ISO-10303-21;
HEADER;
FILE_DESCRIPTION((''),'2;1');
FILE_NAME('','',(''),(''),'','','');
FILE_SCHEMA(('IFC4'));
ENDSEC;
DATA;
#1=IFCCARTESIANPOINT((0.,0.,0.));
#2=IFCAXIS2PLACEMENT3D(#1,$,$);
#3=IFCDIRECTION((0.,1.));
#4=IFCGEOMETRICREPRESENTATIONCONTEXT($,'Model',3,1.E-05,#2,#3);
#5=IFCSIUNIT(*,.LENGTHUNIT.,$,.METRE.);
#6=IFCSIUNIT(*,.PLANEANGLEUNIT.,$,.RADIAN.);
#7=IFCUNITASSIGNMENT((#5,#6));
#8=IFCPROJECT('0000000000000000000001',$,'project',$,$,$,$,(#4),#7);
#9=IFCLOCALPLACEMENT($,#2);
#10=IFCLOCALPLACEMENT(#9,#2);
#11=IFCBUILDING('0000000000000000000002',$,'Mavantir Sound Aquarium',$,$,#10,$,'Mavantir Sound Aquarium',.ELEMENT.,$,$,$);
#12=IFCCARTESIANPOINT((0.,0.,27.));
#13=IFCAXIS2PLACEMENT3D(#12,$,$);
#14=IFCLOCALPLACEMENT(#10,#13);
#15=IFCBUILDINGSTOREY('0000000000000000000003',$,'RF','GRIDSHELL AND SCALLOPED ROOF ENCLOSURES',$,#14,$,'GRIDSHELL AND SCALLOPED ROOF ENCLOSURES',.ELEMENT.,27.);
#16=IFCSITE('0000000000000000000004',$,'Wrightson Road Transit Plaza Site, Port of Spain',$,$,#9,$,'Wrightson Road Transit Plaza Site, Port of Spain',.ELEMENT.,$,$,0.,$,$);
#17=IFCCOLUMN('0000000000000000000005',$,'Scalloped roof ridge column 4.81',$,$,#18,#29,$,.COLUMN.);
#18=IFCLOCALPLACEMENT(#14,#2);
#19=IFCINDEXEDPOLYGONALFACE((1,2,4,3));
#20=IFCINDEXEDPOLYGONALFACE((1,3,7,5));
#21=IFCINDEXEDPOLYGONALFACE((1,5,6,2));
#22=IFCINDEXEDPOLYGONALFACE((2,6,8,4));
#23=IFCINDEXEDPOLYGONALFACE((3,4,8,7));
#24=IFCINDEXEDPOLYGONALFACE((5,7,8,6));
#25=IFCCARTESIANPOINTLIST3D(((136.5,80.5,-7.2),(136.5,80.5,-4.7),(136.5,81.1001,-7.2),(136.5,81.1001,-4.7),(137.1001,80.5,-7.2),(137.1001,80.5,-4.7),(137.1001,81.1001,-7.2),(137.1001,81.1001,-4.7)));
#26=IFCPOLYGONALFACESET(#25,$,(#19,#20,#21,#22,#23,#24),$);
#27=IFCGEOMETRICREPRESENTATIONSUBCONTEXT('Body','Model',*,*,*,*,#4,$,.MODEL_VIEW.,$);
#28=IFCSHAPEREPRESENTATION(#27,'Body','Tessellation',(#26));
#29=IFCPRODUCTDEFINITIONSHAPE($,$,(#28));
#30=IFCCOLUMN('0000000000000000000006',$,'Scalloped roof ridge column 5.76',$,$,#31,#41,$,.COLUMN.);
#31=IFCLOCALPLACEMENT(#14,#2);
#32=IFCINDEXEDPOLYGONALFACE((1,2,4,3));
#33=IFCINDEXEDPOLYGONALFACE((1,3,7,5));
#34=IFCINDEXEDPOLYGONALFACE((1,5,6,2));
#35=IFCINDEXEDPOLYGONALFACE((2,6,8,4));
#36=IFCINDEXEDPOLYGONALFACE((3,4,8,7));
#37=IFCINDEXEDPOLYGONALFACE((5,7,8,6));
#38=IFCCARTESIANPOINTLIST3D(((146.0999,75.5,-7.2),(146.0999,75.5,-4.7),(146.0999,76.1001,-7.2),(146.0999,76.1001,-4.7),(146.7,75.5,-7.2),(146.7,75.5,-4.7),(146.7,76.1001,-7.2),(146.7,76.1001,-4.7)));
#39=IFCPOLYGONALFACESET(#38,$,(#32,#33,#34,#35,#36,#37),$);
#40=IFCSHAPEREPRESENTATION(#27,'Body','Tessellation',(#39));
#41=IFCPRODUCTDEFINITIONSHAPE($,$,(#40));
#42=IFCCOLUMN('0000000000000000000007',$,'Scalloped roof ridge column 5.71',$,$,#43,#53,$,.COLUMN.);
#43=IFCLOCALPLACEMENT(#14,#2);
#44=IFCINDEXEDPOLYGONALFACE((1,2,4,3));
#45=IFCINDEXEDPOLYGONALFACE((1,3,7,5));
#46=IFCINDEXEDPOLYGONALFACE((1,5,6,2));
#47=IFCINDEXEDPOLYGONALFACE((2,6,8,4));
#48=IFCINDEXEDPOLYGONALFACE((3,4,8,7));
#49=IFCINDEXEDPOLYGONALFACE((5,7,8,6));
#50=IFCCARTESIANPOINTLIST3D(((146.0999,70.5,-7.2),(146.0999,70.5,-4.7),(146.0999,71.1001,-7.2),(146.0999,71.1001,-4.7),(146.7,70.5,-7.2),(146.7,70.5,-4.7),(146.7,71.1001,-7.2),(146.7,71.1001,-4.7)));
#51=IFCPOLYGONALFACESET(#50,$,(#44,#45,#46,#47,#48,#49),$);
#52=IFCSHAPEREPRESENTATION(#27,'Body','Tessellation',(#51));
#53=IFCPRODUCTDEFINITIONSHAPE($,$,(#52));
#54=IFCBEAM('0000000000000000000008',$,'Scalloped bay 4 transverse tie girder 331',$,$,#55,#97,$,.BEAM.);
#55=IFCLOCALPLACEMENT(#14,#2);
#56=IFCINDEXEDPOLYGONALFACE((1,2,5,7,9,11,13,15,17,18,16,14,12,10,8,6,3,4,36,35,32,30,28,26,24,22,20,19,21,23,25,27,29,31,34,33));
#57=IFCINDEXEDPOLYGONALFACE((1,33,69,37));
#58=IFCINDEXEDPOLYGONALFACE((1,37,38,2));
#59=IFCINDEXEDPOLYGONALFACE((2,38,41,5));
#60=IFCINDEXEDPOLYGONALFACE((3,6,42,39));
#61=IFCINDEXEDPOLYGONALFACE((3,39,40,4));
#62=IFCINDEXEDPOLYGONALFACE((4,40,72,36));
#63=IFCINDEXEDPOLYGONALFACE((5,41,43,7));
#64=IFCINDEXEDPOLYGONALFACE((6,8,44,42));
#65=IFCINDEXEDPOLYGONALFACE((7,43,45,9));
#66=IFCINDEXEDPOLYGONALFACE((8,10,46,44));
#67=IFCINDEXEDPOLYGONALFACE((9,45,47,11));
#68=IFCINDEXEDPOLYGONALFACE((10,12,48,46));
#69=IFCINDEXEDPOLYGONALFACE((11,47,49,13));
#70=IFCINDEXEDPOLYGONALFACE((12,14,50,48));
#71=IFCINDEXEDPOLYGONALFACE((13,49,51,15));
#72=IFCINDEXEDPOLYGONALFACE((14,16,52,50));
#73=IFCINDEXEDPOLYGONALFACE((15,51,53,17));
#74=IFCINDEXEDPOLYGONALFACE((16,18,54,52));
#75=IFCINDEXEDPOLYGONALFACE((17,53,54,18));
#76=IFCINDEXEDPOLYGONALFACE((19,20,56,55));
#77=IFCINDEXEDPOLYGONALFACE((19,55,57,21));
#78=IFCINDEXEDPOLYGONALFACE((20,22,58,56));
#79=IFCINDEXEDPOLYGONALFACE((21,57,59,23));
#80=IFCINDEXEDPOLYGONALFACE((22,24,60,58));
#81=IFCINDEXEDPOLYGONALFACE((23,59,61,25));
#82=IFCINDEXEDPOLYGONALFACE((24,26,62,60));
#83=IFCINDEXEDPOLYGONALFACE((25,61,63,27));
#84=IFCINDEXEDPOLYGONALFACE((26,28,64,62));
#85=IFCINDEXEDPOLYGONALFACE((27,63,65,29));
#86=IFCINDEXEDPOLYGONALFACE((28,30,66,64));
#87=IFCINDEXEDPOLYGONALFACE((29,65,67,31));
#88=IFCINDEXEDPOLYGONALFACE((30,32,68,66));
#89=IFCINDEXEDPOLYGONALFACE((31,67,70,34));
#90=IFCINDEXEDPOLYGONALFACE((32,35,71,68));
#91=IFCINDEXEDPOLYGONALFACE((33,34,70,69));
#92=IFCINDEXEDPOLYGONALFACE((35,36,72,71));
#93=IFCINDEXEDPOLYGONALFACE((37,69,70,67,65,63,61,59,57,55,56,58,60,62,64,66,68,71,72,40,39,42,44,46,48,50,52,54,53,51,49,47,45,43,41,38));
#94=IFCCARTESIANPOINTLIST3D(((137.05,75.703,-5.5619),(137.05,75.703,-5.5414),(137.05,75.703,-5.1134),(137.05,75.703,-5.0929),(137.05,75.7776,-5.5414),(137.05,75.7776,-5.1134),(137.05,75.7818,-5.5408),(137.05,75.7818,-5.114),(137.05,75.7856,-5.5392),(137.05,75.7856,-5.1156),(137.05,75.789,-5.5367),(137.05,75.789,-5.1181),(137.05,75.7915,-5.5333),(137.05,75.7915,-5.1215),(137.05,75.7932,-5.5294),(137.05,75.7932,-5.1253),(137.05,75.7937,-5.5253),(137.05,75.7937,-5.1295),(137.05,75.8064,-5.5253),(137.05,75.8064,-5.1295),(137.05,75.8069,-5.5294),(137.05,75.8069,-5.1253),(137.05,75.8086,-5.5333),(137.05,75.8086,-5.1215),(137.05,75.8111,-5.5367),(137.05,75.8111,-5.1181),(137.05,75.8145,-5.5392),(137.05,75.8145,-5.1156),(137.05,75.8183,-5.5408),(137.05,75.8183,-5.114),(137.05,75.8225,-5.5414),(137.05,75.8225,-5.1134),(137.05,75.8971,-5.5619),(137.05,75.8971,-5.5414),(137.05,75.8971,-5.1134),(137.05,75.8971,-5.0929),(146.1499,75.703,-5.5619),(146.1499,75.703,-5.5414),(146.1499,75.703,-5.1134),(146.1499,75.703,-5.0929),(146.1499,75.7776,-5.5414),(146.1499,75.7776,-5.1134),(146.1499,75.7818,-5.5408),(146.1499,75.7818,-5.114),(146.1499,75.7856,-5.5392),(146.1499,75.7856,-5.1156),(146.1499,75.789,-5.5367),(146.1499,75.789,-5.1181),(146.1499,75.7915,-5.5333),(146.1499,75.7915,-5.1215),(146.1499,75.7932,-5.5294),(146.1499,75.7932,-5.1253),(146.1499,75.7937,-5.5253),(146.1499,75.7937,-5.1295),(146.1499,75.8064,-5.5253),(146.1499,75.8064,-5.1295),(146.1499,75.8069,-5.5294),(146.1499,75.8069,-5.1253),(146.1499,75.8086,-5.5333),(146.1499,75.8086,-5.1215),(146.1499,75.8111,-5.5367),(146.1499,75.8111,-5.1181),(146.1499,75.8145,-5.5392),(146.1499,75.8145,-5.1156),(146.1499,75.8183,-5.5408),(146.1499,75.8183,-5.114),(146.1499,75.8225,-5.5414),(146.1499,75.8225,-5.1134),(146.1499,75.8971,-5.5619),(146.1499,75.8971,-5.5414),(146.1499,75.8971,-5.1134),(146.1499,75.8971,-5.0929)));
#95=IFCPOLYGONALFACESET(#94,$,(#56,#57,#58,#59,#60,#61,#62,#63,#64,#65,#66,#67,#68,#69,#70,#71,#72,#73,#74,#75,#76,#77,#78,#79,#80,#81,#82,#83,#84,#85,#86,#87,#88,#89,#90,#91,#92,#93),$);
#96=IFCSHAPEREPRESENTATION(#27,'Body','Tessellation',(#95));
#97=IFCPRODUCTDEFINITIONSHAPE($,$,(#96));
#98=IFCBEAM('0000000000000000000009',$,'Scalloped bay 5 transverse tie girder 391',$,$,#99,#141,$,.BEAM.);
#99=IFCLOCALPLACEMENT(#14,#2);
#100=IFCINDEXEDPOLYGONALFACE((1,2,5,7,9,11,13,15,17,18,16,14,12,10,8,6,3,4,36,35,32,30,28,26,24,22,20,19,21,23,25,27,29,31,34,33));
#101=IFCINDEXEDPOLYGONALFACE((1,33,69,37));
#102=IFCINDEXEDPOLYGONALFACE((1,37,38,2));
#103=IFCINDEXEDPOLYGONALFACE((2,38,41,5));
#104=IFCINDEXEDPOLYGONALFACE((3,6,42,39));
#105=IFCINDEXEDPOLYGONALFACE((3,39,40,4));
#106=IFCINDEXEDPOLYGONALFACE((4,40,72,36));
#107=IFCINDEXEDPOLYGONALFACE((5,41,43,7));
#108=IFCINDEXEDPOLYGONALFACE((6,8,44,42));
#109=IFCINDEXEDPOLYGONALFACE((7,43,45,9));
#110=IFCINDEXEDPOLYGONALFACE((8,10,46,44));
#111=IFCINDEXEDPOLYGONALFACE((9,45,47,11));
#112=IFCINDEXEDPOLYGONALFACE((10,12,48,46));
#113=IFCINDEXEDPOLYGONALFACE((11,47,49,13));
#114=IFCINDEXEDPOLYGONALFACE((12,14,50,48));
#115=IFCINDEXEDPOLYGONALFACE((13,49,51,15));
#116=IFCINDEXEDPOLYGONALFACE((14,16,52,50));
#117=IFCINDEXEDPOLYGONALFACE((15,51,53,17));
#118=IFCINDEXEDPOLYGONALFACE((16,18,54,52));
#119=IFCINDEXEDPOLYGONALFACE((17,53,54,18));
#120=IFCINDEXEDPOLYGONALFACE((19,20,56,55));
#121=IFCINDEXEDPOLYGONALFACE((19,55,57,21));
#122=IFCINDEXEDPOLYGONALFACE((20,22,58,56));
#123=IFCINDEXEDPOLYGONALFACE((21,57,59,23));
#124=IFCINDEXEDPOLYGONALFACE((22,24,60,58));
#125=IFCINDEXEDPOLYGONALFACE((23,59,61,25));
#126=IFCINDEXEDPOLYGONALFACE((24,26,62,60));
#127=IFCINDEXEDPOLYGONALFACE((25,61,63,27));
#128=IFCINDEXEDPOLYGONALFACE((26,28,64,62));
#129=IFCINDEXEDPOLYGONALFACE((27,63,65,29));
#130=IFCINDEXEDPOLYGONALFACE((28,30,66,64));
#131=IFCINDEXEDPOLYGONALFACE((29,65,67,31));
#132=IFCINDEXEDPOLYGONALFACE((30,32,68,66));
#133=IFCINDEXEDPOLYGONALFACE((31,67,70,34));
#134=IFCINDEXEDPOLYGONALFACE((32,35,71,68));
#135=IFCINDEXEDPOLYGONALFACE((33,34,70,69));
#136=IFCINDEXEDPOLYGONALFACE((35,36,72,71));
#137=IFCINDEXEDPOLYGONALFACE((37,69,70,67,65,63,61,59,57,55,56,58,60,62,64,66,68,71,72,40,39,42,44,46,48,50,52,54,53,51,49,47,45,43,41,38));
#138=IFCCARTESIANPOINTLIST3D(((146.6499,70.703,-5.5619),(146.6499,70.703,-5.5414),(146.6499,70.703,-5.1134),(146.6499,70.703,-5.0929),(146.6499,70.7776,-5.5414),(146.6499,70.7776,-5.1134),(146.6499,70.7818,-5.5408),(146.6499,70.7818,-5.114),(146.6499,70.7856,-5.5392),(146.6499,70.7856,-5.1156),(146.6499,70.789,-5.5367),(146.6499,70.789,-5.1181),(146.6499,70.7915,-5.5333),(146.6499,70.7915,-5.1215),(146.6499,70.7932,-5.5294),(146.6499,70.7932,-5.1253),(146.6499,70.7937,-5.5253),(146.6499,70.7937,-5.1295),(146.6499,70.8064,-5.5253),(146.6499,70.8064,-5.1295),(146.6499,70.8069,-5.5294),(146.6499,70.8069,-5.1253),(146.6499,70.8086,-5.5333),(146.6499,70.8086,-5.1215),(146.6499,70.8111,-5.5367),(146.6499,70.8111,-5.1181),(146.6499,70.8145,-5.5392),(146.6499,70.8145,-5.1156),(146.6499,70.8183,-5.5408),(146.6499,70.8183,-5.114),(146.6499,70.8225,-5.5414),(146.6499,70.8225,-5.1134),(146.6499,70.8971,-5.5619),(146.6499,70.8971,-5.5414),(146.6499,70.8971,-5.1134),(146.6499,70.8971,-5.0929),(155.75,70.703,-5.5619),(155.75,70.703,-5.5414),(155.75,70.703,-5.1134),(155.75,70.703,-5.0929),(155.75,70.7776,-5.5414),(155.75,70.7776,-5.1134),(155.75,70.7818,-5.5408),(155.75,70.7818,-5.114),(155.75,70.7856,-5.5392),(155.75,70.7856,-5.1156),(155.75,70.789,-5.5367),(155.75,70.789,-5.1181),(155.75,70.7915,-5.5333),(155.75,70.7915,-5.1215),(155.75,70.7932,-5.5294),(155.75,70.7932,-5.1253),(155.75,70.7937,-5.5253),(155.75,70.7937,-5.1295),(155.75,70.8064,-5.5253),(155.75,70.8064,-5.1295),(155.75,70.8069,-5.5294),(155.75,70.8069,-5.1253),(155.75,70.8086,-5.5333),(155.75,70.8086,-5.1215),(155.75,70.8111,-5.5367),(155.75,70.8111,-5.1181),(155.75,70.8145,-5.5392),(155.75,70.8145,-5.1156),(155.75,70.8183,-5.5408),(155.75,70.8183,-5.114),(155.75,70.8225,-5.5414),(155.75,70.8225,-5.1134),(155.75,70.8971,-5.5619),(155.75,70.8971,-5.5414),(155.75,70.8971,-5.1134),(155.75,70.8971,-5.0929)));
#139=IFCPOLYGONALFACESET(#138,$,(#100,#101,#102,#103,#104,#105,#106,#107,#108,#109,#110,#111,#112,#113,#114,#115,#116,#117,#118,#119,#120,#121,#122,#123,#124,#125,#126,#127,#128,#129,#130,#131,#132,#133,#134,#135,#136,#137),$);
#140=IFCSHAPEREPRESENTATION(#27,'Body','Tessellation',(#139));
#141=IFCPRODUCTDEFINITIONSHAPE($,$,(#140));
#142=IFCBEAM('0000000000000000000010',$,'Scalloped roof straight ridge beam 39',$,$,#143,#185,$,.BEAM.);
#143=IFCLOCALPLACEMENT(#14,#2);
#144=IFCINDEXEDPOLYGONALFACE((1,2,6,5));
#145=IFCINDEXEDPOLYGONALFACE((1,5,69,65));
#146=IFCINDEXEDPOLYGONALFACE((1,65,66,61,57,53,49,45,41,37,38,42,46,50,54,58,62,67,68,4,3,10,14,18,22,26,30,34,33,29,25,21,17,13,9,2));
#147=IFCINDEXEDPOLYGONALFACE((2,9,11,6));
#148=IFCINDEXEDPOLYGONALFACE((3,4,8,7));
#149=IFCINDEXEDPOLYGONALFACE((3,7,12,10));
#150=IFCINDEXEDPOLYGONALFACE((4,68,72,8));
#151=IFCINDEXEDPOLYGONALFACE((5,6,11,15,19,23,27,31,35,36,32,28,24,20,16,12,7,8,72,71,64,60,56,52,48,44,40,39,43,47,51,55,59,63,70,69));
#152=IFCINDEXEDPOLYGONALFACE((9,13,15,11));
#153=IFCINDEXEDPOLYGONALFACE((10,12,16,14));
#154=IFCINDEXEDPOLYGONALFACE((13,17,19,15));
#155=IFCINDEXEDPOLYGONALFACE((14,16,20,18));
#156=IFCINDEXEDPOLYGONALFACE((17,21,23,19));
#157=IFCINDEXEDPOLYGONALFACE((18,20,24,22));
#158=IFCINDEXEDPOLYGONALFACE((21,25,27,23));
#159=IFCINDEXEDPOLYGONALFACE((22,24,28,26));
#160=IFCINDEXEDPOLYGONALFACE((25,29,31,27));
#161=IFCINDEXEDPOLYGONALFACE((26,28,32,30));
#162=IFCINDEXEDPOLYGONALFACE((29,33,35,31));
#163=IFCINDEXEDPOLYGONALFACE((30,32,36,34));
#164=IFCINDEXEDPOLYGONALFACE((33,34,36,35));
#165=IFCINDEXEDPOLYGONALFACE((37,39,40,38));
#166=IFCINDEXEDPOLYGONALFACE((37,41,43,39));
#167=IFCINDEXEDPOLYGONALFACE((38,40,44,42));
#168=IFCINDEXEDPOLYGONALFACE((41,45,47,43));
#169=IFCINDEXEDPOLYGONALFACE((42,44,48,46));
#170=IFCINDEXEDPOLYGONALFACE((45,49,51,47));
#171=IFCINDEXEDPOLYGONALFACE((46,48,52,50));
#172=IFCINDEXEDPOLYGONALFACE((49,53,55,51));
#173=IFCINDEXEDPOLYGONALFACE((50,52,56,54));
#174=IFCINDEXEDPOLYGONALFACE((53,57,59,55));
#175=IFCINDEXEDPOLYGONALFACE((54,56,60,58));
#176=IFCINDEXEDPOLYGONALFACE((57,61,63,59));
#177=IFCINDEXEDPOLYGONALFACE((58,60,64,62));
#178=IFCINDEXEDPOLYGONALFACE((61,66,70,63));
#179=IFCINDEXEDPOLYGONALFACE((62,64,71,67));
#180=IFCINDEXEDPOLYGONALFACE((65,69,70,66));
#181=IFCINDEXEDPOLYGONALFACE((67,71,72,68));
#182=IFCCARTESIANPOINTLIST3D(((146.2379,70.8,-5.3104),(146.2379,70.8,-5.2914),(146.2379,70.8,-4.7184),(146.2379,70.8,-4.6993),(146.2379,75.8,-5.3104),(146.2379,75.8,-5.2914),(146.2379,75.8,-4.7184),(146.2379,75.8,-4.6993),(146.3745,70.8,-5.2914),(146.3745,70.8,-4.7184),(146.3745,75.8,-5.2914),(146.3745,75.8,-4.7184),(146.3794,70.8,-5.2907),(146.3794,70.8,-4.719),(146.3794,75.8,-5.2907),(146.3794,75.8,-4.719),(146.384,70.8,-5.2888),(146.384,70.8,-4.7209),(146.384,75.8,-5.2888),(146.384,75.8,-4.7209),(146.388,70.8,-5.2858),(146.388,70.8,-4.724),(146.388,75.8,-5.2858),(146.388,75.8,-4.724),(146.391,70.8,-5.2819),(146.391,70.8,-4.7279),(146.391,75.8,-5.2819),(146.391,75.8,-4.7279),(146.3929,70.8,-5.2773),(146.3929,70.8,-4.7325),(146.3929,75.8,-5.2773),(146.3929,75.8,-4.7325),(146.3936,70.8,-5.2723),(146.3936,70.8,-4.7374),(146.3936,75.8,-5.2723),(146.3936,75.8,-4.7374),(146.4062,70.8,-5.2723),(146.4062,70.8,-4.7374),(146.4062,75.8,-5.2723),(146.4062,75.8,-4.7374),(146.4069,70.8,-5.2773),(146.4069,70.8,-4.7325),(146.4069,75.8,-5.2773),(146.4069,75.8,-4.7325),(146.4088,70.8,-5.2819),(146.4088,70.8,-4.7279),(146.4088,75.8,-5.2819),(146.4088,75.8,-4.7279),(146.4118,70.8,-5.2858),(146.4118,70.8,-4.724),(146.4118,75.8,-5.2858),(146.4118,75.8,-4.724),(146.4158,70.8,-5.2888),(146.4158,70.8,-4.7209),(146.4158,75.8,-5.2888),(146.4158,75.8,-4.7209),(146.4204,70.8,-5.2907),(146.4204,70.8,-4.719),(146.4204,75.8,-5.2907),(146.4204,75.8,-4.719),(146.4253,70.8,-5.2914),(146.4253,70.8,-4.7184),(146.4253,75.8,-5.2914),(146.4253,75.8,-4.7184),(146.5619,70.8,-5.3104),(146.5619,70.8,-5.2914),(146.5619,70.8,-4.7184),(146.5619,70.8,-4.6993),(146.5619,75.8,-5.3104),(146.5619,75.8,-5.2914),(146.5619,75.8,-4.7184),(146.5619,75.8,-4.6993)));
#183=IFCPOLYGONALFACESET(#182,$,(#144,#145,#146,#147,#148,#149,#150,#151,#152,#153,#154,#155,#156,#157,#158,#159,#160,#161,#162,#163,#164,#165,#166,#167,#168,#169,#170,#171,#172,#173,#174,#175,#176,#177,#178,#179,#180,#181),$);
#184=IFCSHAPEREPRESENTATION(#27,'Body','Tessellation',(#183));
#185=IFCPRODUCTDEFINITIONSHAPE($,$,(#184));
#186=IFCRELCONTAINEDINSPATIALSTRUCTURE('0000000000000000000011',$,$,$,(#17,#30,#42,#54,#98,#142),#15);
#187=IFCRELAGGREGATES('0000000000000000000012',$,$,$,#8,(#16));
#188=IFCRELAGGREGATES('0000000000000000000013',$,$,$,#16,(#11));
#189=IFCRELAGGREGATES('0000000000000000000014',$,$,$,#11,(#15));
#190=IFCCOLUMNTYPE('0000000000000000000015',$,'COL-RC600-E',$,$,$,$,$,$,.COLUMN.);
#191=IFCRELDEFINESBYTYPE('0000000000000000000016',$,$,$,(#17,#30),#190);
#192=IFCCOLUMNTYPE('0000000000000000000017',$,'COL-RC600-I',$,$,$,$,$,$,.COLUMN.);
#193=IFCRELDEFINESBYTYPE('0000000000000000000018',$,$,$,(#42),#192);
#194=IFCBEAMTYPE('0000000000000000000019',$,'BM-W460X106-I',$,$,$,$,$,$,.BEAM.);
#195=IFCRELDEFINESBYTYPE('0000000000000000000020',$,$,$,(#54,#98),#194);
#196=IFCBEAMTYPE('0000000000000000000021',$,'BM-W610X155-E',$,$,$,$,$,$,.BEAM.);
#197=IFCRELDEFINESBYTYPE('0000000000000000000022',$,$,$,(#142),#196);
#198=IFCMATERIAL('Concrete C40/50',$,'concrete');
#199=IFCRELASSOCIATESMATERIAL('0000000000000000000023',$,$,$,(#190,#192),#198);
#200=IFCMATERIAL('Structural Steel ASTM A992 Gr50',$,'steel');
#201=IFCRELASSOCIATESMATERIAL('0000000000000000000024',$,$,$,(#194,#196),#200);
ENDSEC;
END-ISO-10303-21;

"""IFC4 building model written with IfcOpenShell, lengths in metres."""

from ifc_helpers import new_model, si_unit, direction, frame, origin, origin_2d, place, context, subcontext, project, spatial, rectangle, i_section, extrude, material, material_profile, profile_set, type_object, element, save


model = new_model("IFC4")

# Units and contexts
model_context = context("Model", 3, precision=1e-05, world=origin(), true_north=direction((0.0, 1.0)))
body_context = subcontext(model_context, "Body", "Model", "MODEL_VIEW")
ifc_project = project(units=[si_unit("LENGTHUNIT", "METRE"), si_unit("PLANEANGLEUNIT", "RADIAN")], contexts=[model_context])

# Site, building, storey
site_placement = place(None, origin())
site = spatial("IfcSite", under=ifc_project, at=site_placement, Name="Wrightson Road Transit Plaza Site, Port of Spain", LongName="Wrightson Road Transit Plaza Site, Port of Spain", CompositionType="ELEMENT", RefElevation=0.0)
building_placement = place(site_placement, origin())
building = spatial("IfcBuilding", under=site, at=building_placement, Name="Mavantir Sound Aquarium", LongName="Mavantir Sound Aquarium", CompositionType="ELEMENT")
storey_placement = place(building_placement, frame((0.0, 0.0, 27.0)))
storey = spatial("IfcBuildingStorey", under=building, at=storey_placement, Name="RF", Description="GRIDSHELL AND SCALLOPED ROOF ENCLOSURES", LongName="GRIDSHELL AND SCALLOPED ROOF ENCLOSURES", CompositionType="ELEMENT", Elevation=27.0)

# Columns
ifc_material_1 = material(Name="Concrete C40/50", Category="concrete")
ifc_material_profile_1 = material_profile(ifc_material_1, rectangle(XDim=0.6001, YDim=0.6001, at=origin_2d()), Name="RC 600X600")
ifc_profile_set_1 = profile_set([ifc_material_profile_1], Name="Concrete C40/50")
column_type_1 = type_object("IfcColumnType", Name="COL-RC600-E", PredefinedType="COLUMN", material=ifc_profile_set_1)
for number, where, z_axis, x_axis, name in (
    (1, (136.8, 80.8, -7.2), (0.0, 0.0, 1.0), (1.0, 0.0, 0.0), "Scalloped roof ridge column 4.81"),
    (2, (146.3999, 75.8, -7.2), (0.0, 0.0, 1.0), (1.0, 0.0, 0.0), "Scalloped roof ridge column 5.76"),
):
    element("IfcColumn", number, at=place(storey_placement, frame(where, z_axis=z_axis, x_axis=x_axis)), inside=storey, type_object=column_type_1, Name=name, PredefinedType="COLUMN", context=body_context, shape_type="SweptSolid", body=[
        extrude(rectangle(XDim=0.6001, YDim=0.6001, at=origin_2d()), origin(), (0.0, 0.0, 1.0), 2.5),
    ])
ifc_material_profile_2 = material_profile(ifc_material_1, rectangle(XDim=0.6001, YDim=0.6001, at=origin_2d()), Name="RC 600X600")
ifc_profile_set_2 = profile_set([ifc_material_profile_2], Name="Concrete C40/50")
column_type_2 = type_object("IfcColumnType", Name="COL-RC600-I", PredefinedType="COLUMN", material=ifc_profile_set_2)
column_placement = place(storey_placement, frame((146.3999, 70.8, -7.2), z_axis=(0.0, 0.0, 1.0), x_axis=(1.0, 0.0, 0.0)))
element("IfcColumn", 3, at=column_placement, inside=storey, type_object=column_type_2, Name="Scalloped roof ridge column 5.71", PredefinedType="COLUMN", context=body_context, shape_type="SweptSolid", body=[
    extrude(rectangle(XDim=0.6001, YDim=0.6001, at=origin_2d()), origin(), (0.0, 0.0, 1.0), 2.5),
])

# Beams
ifc_material_2 = material(Name="Structural Steel ASTM A992 Gr50", Category="steel")
ifc_material_profile_3 = material_profile(ifc_material_2, i_section(OverallWidth=0.1941, OverallDepth=0.469, WebThickness=0.0127, FlangeThickness=0.0205, FilletRadius=0.0161, at=origin_2d()), Name="W460X106")
ifc_profile_set_3 = profile_set([ifc_material_profile_3], Name="Structural Steel ASTM A992 Gr50")
beam_type_1 = type_object("IfcBeamType", Name="BM-W460X106-I", PredefinedType="BEAM", material=ifc_profile_set_3)
beam_1_placement = place(storey_placement, frame((137.05, 75.8, -5.3274), z_axis=(1.0, 0.0, 0.0), x_axis=(0.0, 1.0, 0.0)))
element("IfcBeam", 4, at=beam_1_placement, inside=storey, type_object=beam_type_1, Name="Scalloped bay 4 transverse tie girder 331", PredefinedType="BEAM", context=body_context, shape_type="SweptSolid", body=[
    extrude(i_section(OverallWidth=0.1941, OverallDepth=0.469, WebThickness=0.0127, FlangeThickness=0.0205, FilletRadius=0.0161, at=origin_2d()), origin(), (0.0, 0.0, 1.0), 9.0999),
])
beam_2_placement = place(storey_placement, frame((146.6499, 70.8, -5.3274), z_axis=(1.0, 0.0, 0.0), x_axis=(0.0, 1.0, 0.0)))
element("IfcBeam", 5, at=beam_2_placement, inside=storey, type_object=beam_type_1, Name="Scalloped bay 5 transverse tie girder 391", PredefinedType="BEAM", context=body_context, shape_type="SweptSolid", body=[
    extrude(i_section(OverallWidth=0.1941, OverallDepth=0.469, WebThickness=0.0127, FlangeThickness=0.0205, FilletRadius=0.0161, at=origin_2d()), origin(), (0.0, 0.0, 1.0), 9.1001),
])
ifc_material_profile_4 = material_profile(ifc_material_2, i_section(OverallWidth=0.324, OverallDepth=0.6111, WebThickness=0.0127, FlangeThickness=0.019, FilletRadius=0.019, at=origin_2d()), Name="W610X155")
ifc_profile_set_4 = profile_set([ifc_material_profile_4], Name="Structural Steel ASTM A992 Gr50")
beam_type_2 = type_object("IfcBeamType", Name="BM-W610X155-E", PredefinedType="BEAM", material=ifc_profile_set_4)
beam_3_placement = place(storey_placement, frame((146.3999, 70.8, -5.0049), z_axis=(0.0, 1.0, 0.0), x_axis=(-1.0, 0.0, 0.0)))
element("IfcBeam", 6, at=beam_3_placement, inside=storey, type_object=beam_type_2, Name="Scalloped roof straight ridge beam 39", PredefinedType="BEAM", context=body_context, shape_type="SweptSolid", body=[
    extrude(i_section(OverallWidth=0.324, OverallDepth=0.6111, WebThickness=0.0127, FlangeThickness=0.019, FilletRadius=0.019, at=origin_2d()), origin(), (0.0, 0.0, 1.0), 5.0),
])

save(model, "model.ifc")
